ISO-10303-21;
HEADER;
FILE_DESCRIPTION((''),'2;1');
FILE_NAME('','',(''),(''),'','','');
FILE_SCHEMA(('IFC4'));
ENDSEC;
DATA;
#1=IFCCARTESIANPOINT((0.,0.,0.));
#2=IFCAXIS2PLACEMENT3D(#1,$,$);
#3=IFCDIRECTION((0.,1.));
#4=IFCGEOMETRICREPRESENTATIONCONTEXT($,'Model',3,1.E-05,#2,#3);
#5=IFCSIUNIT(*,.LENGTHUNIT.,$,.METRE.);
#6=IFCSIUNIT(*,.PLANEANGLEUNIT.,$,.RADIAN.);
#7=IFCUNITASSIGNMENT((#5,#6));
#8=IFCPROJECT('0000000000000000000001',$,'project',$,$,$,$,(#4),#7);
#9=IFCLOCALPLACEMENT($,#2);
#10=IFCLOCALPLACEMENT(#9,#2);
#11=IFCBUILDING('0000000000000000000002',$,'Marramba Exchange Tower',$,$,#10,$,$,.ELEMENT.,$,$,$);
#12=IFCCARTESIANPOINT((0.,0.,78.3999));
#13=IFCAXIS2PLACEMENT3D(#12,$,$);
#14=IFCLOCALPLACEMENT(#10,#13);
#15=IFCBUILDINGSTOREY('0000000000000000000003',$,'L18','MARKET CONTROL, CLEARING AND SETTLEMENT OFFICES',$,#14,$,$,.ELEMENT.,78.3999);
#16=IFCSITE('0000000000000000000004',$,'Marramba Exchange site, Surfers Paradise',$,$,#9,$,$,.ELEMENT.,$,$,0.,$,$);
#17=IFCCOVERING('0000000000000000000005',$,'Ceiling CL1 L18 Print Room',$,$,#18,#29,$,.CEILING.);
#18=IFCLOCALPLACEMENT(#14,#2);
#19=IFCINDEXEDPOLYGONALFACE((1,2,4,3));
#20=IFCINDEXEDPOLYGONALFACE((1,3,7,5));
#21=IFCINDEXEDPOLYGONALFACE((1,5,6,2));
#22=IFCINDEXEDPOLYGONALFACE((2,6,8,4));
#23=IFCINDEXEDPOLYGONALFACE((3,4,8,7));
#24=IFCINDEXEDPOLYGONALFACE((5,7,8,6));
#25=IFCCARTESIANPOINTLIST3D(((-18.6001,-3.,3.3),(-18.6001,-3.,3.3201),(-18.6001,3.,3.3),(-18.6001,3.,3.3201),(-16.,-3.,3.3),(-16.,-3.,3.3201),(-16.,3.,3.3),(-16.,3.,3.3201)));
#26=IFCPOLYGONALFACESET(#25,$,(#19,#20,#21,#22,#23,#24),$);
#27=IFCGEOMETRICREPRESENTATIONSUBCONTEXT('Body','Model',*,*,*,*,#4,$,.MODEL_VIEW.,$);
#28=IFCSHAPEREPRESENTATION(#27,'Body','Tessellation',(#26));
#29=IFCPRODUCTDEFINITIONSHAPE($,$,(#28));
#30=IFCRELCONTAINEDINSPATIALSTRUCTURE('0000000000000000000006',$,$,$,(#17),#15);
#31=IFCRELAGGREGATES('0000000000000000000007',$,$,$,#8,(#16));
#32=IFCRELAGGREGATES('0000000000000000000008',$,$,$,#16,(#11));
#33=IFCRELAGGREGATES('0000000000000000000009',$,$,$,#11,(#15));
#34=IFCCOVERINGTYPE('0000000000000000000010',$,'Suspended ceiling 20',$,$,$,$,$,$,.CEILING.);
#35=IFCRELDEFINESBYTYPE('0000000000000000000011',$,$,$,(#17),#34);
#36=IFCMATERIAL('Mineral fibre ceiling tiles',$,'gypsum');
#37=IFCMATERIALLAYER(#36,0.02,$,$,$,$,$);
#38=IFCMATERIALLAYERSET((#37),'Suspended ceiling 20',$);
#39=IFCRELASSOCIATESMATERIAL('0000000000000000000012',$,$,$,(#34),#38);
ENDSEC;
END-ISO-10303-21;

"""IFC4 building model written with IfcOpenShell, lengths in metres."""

from ifc_helpers import new_model, si_unit, direction, frame, origin, place, context, subcontext, project, spatial, polyline, outline, extrude, material, layer, layer_set, type_object, element, save


model = new_model("IFC4")

# Units and contexts
model_context = context("Model", 3, precision=1e-05, world=origin(), true_north=direction((0.0, 1.0)))
body_context = subcontext(model_context, "Body", "Model", "MODEL_VIEW")
ifc_project = project(units=[si_unit("LENGTHUNIT", "METRE"), si_unit("PLANEANGLEUNIT", "RADIAN")], contexts=[model_context])

# Site, building, storey
site_placement = place(None, origin())
site = spatial("IfcSite", under=ifc_project, at=site_placement, Name="Marramba Exchange site, Surfers Paradise", CompositionType="ELEMENT", RefElevation=0.0)
building_placement = place(site_placement, origin())
building = spatial("IfcBuilding", under=site, at=building_placement, Name="Marramba Exchange Tower", CompositionType="ELEMENT")
storey_placement = place(building_placement, frame((0.0, 0.0, 78.3999)))
storey = spatial("IfcBuildingStorey", under=building, at=storey_placement, Name="L18", Description="MARKET CONTROL, CLEARING AND SETTLEMENT OFFICES", CompositionType="ELEMENT", Elevation=78.3999)

# Covering
ifc_material_1 = material(Name="Mineral fibre ceiling tiles", Category="gypsum")
ifc_layer_1 = layer(ifc_material_1, 0.02)
ifc_layer_set_1 = layer_set([ifc_layer_1], Name="Suspended ceiling 20")
covering_type_1 = type_object("IfcCoveringType", Name="Suspended ceiling 20", PredefinedType="CEILING", material=ifc_layer_set_1)
covering_1_placement = place(storey_placement, frame((0.0, 0.0, 3.3)))
element("IfcCovering", 1, at=covering_1_placement, inside=storey, type_object=covering_type_1, Name="Ceiling CL1 L18 Print Room", PredefinedType="CEILING", context=body_context, shape_type="SweptSolid", body=[
    extrude(outline(polyline([(-16.0, -3.0), (-18.6001, -3.0), (-18.6001, 3.0), (-16.0, 3.0), (-16.0, -3.0)])), origin(), (0.0, 0.0, 1.0), 0.02),
])

save(model, "model.ifc")
